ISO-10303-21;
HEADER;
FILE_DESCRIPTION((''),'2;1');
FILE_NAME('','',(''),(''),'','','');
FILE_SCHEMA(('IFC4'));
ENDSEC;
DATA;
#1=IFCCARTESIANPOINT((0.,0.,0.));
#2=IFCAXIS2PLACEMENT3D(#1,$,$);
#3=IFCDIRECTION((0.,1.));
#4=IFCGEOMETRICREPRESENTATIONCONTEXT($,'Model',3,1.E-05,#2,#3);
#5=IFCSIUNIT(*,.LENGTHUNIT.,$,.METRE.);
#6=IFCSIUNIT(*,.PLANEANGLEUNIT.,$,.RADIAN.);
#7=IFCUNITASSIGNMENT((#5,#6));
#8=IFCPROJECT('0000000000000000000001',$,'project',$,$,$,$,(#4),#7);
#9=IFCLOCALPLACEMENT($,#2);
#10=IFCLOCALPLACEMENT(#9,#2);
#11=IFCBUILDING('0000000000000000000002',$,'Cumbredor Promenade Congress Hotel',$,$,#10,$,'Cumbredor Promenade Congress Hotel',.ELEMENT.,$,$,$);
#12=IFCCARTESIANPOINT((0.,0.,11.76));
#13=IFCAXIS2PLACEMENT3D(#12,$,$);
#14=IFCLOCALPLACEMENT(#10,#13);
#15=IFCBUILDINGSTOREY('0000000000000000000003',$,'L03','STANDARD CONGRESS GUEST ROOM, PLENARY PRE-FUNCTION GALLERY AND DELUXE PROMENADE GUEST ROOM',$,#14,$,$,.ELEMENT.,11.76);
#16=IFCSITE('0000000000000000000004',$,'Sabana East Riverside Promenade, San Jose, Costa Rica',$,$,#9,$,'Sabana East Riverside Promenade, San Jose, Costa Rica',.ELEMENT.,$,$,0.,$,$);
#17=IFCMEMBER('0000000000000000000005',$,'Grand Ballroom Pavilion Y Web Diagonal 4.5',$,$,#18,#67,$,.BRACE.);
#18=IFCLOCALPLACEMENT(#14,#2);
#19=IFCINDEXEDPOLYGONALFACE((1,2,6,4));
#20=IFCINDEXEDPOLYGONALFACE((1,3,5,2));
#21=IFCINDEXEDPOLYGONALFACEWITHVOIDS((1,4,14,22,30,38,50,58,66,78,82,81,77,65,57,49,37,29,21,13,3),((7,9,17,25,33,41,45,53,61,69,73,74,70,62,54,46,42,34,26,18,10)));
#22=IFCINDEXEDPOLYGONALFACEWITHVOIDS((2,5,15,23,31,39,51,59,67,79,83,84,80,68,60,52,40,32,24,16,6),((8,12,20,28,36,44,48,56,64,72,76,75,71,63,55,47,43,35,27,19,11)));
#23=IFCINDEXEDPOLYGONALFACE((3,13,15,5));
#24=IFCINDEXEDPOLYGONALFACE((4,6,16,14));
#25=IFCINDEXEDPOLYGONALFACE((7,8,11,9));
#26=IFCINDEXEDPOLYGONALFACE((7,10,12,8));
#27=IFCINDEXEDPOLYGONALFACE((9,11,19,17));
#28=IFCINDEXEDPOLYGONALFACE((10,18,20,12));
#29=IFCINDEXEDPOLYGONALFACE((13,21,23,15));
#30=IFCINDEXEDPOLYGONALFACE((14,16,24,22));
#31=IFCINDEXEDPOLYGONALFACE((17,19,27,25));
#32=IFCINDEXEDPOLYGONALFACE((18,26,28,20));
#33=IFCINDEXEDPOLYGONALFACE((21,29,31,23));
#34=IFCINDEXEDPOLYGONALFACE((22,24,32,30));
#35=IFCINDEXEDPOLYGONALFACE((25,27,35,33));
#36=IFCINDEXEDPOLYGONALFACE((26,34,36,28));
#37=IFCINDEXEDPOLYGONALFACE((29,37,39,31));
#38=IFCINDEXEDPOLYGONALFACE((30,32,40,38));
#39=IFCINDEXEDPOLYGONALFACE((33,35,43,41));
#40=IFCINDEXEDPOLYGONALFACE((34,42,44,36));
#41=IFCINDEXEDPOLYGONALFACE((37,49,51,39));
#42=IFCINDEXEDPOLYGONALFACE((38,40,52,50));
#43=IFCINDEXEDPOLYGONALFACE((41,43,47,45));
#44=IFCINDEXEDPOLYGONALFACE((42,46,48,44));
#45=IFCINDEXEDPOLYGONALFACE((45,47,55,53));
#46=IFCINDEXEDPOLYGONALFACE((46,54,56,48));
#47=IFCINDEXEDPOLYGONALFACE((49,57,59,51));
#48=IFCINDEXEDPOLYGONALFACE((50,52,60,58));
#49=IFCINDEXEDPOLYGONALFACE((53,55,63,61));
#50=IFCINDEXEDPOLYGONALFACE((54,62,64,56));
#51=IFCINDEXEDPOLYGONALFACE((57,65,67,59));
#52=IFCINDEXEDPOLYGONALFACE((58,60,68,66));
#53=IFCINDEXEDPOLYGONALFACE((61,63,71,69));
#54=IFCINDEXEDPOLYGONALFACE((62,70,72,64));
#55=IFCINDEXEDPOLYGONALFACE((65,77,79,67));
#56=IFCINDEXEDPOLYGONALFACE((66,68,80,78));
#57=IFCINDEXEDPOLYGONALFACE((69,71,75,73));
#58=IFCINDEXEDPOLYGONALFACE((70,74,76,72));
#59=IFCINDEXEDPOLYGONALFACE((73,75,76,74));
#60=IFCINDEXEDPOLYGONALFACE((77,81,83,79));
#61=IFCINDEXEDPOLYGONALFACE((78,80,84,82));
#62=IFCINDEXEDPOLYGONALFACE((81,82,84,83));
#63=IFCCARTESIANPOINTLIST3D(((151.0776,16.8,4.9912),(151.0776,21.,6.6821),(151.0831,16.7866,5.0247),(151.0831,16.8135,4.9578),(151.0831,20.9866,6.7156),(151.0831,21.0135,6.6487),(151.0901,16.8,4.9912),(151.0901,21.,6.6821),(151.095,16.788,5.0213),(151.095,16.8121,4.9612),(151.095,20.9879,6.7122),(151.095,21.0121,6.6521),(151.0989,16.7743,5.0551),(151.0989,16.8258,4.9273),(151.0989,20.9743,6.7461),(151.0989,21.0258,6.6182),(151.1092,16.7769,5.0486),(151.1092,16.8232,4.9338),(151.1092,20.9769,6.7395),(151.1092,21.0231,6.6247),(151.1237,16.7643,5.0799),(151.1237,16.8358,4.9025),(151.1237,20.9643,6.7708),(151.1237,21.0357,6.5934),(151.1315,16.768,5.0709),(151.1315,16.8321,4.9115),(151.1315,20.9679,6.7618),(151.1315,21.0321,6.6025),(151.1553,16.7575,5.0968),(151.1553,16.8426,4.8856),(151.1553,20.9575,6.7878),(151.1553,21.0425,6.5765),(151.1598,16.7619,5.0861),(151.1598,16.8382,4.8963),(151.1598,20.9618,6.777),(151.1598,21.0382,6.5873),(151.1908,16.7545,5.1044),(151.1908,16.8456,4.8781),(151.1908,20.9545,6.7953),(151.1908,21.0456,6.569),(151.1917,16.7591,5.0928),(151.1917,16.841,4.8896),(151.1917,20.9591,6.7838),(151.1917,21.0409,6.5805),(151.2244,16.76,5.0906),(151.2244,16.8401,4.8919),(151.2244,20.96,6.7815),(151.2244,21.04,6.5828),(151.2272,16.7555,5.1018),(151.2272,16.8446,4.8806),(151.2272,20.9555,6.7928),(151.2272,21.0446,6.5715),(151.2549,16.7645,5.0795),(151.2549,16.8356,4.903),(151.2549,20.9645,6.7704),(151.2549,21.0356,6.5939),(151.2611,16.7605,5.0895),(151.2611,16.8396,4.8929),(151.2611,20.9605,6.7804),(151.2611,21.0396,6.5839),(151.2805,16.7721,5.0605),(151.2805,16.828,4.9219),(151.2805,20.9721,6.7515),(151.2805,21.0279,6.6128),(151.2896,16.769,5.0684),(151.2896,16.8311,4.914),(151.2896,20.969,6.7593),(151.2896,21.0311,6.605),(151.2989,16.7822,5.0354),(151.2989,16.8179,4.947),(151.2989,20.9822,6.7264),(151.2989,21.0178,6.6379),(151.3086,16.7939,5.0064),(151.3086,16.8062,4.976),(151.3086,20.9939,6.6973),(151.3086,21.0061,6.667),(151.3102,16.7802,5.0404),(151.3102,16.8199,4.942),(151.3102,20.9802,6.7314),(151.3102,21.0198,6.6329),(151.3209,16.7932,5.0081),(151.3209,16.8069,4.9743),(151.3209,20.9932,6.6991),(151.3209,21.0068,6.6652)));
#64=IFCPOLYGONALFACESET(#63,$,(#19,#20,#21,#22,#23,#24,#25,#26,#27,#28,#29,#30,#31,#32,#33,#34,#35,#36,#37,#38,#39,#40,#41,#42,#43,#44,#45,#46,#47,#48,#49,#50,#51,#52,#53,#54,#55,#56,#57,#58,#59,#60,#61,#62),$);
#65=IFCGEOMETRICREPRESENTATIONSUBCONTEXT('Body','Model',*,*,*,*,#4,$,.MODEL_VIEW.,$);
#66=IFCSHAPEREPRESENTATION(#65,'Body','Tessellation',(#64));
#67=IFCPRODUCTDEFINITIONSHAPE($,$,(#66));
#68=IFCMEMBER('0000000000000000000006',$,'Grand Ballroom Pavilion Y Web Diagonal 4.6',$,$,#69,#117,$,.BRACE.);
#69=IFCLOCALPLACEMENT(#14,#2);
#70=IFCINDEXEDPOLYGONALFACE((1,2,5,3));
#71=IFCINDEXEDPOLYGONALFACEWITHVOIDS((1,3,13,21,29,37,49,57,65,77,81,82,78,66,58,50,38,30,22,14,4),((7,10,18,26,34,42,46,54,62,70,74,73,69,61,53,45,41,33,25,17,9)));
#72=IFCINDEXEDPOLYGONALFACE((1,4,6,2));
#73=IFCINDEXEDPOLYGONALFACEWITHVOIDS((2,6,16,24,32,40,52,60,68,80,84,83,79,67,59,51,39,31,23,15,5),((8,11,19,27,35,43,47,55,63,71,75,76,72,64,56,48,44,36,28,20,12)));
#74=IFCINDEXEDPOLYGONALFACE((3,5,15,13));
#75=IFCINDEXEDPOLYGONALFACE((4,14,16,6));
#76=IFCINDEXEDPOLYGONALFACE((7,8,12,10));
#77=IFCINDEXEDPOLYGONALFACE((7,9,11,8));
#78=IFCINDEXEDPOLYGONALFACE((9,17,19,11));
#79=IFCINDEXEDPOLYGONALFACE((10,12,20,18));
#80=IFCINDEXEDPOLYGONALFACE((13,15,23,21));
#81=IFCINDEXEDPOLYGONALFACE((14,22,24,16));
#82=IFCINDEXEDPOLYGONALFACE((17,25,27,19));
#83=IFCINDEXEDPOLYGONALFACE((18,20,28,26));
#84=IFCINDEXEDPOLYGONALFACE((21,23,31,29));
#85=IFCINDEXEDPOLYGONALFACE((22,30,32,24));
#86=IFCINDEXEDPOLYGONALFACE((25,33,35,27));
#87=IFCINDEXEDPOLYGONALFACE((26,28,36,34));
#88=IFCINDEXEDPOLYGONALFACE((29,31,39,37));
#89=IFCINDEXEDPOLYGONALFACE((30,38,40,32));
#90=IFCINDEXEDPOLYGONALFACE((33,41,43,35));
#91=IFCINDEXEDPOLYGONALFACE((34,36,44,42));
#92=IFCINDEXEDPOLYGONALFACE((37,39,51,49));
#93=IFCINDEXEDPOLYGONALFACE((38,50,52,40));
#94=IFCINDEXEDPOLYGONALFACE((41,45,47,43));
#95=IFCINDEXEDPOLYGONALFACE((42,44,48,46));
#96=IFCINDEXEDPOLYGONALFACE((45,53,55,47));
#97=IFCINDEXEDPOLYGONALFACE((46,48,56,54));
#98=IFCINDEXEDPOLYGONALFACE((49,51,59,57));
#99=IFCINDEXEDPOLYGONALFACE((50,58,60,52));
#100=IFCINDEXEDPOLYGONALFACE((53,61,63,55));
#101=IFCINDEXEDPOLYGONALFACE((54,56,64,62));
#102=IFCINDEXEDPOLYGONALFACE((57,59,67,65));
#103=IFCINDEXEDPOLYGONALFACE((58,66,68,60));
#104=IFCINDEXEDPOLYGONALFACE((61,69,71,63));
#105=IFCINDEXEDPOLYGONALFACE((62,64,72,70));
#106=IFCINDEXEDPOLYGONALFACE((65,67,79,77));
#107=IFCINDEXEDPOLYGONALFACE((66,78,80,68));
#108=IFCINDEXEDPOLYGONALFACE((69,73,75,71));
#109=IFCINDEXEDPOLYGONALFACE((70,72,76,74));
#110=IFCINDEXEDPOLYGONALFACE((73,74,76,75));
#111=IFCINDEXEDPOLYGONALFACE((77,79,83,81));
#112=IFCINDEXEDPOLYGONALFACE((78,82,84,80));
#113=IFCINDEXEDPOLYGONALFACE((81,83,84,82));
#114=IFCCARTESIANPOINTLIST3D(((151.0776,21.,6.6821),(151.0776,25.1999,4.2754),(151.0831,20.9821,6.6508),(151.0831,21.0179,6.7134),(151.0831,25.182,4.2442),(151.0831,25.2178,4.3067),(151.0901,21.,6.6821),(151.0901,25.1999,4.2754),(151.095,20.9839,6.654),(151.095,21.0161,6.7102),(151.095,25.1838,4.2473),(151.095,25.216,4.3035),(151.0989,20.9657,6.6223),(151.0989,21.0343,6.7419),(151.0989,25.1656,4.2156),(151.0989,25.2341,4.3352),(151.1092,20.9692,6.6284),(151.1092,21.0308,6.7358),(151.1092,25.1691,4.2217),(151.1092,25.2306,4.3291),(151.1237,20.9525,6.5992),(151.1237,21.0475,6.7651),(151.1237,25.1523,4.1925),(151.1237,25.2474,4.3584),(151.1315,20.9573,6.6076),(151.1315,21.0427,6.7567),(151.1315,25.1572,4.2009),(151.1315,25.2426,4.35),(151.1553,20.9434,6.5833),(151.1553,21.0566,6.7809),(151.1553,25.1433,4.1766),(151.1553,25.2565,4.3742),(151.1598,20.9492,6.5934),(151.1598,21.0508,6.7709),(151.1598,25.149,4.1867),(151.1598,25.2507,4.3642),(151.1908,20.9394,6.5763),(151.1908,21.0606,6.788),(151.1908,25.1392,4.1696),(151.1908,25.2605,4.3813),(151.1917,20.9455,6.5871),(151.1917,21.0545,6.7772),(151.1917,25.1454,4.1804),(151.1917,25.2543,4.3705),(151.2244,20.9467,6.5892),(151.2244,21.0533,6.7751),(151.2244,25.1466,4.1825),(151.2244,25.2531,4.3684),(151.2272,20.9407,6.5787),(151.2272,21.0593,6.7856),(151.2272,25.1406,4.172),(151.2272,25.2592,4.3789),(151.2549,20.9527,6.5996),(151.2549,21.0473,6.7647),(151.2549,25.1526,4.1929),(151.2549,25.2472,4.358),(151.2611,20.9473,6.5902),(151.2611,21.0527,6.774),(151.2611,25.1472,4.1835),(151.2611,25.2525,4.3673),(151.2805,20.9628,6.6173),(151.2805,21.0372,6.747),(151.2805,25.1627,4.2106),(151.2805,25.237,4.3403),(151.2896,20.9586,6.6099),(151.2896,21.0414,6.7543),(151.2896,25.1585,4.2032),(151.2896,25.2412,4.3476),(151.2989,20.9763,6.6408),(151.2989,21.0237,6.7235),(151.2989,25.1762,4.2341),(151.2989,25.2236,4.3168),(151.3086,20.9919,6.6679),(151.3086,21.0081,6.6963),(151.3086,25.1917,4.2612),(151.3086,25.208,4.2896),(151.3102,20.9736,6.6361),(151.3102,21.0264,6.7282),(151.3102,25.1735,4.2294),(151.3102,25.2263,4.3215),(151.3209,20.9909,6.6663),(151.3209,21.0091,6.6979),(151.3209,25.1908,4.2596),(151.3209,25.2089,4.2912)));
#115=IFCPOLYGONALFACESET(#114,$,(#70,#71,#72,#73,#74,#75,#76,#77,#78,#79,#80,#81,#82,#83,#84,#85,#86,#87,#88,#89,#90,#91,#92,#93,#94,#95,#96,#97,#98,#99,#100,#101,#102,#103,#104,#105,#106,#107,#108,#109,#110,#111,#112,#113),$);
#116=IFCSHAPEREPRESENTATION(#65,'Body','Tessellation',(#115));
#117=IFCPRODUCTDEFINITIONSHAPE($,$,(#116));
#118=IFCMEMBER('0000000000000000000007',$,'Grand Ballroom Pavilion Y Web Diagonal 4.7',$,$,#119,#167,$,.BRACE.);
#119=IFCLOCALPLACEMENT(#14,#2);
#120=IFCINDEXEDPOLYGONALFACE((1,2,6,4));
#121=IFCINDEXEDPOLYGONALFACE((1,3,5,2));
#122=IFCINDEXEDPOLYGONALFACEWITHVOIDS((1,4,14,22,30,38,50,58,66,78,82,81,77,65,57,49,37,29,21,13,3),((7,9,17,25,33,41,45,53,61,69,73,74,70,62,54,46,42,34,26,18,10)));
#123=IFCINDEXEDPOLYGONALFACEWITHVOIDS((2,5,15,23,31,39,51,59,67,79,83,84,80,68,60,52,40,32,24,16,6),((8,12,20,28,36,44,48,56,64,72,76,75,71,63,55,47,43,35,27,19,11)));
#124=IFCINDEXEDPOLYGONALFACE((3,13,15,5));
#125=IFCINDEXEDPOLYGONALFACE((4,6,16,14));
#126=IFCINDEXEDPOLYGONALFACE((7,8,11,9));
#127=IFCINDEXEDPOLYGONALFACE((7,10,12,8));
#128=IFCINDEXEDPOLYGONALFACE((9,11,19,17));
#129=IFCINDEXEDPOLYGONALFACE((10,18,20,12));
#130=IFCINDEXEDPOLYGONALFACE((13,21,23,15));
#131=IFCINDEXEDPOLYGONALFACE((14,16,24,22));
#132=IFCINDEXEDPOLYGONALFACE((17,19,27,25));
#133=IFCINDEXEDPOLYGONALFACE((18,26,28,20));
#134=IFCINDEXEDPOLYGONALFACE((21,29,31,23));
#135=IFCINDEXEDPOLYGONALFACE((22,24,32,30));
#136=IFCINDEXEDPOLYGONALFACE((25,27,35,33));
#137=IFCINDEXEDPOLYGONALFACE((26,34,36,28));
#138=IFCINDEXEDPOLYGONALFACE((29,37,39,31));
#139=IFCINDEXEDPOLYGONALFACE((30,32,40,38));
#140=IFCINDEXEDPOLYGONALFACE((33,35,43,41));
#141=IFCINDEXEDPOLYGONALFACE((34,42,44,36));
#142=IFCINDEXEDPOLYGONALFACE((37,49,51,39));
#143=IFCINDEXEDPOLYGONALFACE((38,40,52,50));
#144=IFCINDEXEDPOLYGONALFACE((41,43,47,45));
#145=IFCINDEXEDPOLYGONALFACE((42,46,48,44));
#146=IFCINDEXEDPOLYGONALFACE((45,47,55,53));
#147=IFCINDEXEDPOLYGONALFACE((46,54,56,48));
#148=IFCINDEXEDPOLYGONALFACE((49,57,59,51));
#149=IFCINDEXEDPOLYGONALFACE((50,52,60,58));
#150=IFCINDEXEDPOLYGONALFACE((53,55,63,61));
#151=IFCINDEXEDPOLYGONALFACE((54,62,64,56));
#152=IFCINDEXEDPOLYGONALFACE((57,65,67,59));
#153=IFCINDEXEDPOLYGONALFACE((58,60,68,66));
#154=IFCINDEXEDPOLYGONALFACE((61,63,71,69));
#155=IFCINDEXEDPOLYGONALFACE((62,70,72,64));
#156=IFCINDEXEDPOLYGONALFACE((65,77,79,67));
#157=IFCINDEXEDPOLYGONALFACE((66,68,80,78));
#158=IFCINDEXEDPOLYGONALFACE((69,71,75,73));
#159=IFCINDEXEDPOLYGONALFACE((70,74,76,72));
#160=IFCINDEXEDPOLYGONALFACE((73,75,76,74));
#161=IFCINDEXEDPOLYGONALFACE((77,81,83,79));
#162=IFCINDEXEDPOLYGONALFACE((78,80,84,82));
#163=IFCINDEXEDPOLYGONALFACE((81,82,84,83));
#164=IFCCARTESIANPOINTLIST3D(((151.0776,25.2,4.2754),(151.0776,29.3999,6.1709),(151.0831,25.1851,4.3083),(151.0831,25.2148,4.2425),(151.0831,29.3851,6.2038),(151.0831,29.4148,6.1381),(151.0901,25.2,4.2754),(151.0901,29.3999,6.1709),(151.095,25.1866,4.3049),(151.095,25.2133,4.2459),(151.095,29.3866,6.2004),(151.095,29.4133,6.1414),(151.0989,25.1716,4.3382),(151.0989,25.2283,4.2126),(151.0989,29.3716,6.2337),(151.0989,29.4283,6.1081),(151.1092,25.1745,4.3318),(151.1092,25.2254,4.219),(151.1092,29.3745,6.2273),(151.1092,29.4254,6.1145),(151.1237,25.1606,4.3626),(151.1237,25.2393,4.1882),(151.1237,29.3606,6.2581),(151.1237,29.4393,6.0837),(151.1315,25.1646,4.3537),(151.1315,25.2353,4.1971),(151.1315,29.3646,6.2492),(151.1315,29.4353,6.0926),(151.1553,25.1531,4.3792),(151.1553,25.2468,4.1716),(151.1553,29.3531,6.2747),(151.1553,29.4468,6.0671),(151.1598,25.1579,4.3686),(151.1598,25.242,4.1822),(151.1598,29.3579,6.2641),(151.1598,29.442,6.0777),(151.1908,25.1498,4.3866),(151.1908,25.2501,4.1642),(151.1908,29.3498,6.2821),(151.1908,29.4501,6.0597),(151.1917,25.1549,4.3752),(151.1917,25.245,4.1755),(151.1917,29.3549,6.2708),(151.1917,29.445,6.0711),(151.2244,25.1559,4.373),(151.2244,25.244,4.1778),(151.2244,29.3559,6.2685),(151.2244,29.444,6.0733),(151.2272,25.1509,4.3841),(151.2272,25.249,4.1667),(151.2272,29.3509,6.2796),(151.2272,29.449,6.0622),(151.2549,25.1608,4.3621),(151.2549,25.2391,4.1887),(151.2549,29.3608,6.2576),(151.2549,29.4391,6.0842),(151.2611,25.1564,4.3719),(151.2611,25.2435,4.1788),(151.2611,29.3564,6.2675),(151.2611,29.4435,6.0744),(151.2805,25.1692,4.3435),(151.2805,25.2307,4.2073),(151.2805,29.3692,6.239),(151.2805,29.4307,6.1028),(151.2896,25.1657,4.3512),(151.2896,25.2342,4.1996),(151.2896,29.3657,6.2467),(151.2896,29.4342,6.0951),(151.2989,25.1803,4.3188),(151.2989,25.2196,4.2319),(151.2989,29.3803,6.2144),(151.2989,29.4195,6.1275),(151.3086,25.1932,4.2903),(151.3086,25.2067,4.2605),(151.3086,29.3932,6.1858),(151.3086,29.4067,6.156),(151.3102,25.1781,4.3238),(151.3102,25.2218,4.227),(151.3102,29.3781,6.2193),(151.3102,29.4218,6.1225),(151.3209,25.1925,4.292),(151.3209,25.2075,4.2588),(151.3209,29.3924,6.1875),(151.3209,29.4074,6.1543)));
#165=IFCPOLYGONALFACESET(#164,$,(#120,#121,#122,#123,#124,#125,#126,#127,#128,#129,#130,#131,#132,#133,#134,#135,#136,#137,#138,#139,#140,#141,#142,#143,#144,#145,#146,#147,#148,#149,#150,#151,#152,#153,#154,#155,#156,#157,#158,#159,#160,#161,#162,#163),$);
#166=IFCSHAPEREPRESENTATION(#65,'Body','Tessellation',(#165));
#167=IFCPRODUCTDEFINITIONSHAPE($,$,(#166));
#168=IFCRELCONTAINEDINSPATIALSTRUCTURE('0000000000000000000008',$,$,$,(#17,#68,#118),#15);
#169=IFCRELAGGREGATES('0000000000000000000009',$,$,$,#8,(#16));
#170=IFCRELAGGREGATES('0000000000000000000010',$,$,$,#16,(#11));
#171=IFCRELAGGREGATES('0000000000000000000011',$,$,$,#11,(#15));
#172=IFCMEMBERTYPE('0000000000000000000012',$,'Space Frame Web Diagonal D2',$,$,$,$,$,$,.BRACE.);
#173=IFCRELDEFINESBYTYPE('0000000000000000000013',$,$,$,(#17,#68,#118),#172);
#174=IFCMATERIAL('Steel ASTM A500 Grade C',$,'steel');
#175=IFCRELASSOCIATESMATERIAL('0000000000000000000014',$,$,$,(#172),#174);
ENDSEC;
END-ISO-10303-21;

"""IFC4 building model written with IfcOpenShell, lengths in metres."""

from ifc_helpers import new_model, si_unit, direction, frame, origin, origin_2d, place, context, subcontext, project, spatial, hollow_circle, extrude, material, material_profile, profile_set, type_object, element, save


model = new_model("IFC4")

# Units and contexts
model_context = context("Model", 3, precision=1e-05, world=origin(), true_north=direction((0.0, 1.0)))
body_context = subcontext(model_context, "Body", "Model", "MODEL_VIEW")
ifc_project = project(units=[si_unit("LENGTHUNIT", "METRE"), si_unit("PLANEANGLEUNIT", "RADIAN")], contexts=[model_context])

# Site, building, storey
site_placement = place(None, origin())
site = spatial("IfcSite", under=ifc_project, at=site_placement, Name="Sabana East Riverside Promenade, San Jose, Costa Rica", LongName="Sabana East Riverside Promenade, San Jose, Costa Rica", CompositionType="ELEMENT", RefElevation=0.0)
building_placement = place(site_placement, origin())
building = spatial("IfcBuilding", under=site, at=building_placement, Name="Cumbredor Promenade Congress Hotel", LongName="Cumbredor Promenade Congress Hotel", CompositionType="ELEMENT")
storey_placement = place(building_placement, frame((0.0, 0.0, 11.76)))
storey = spatial("IfcBuildingStorey", under=building, at=storey_placement, Name="L03", Description="STANDARD CONGRESS GUEST ROOM, PLENARY PRE-FUNCTION GALLERY AND DELUXE PROMENADE GUEST ROOM", CompositionType="ELEMENT", Elevation=11.76)

# Members
ifc_material_1 = material(Name="Steel ASTM A500 Grade C", Category="steel")
ifc_material_profile_1 = material_profile(ifc_material_1, hollow_circle(Radius=0.1223, WallThickness=0.0125, at=origin_2d()), Name="CHS 244.5x12.5")
ifc_profile_set_1 = profile_set([ifc_material_profile_1], Name="Steel ASTM A500 Grade C")
member_type_1 = type_object("IfcMemberType", Name="Space Frame Web Diagonal D2", PredefinedType="BRACE", material=ifc_profile_set_1)
member_1_placement = place(storey_placement, frame((151.2, 16.8, 4.9912), z_axis=(0.0, 0.927641, 0.373472), x_axis=(-1.0, 0.0, 0.0)))
element("IfcMember", 1, at=member_1_placement, inside=storey, type_object=member_type_1, Name="Grand Ballroom Pavilion Y Web Diagonal 4.5", PredefinedType="BRACE", context=body_context, shape_type="SweptSolid", body=[
    extrude(hollow_circle(Radius=0.1223, WallThickness=0.0125, at=origin_2d()), origin(), (0.0, 0.0, 1.0), 4.5276),
])
member_2_placement = place(storey_placement, frame((151.2, 21.0, 6.6821), z_axis=(0.0, 0.86764, -0.497192), x_axis=(-1.0, 0.0, 0.0)))
element("IfcMember", 2, at=member_2_placement, inside=storey, type_object=member_type_1, Name="Grand Ballroom Pavilion Y Web Diagonal 4.6", PredefinedType="BRACE", context=body_context, shape_type="SweptSolid", body=[
    extrude(hollow_circle(Radius=0.1223, WallThickness=0.0125, at=origin_2d()), origin(), (0.0, 0.0, 1.0), 4.8406),
])
member_3_placement = place(storey_placement, frame((151.2, 25.2, 4.2754), z_axis=(0.0, 0.911472, 0.411362), x_axis=(-1.0, 0.0, 0.0)))
element("IfcMember", 3, at=member_3_placement, inside=storey, type_object=member_type_1, Name="Grand Ballroom Pavilion Y Web Diagonal 4.7", PredefinedType="BRACE", context=body_context, shape_type="SweptSolid", body=[
    extrude(hollow_circle(Radius=0.1223, WallThickness=0.0125, at=origin_2d()), origin(), (0.0, 0.0, 1.0), 4.6079),
])

save(model, "model.ifc")
